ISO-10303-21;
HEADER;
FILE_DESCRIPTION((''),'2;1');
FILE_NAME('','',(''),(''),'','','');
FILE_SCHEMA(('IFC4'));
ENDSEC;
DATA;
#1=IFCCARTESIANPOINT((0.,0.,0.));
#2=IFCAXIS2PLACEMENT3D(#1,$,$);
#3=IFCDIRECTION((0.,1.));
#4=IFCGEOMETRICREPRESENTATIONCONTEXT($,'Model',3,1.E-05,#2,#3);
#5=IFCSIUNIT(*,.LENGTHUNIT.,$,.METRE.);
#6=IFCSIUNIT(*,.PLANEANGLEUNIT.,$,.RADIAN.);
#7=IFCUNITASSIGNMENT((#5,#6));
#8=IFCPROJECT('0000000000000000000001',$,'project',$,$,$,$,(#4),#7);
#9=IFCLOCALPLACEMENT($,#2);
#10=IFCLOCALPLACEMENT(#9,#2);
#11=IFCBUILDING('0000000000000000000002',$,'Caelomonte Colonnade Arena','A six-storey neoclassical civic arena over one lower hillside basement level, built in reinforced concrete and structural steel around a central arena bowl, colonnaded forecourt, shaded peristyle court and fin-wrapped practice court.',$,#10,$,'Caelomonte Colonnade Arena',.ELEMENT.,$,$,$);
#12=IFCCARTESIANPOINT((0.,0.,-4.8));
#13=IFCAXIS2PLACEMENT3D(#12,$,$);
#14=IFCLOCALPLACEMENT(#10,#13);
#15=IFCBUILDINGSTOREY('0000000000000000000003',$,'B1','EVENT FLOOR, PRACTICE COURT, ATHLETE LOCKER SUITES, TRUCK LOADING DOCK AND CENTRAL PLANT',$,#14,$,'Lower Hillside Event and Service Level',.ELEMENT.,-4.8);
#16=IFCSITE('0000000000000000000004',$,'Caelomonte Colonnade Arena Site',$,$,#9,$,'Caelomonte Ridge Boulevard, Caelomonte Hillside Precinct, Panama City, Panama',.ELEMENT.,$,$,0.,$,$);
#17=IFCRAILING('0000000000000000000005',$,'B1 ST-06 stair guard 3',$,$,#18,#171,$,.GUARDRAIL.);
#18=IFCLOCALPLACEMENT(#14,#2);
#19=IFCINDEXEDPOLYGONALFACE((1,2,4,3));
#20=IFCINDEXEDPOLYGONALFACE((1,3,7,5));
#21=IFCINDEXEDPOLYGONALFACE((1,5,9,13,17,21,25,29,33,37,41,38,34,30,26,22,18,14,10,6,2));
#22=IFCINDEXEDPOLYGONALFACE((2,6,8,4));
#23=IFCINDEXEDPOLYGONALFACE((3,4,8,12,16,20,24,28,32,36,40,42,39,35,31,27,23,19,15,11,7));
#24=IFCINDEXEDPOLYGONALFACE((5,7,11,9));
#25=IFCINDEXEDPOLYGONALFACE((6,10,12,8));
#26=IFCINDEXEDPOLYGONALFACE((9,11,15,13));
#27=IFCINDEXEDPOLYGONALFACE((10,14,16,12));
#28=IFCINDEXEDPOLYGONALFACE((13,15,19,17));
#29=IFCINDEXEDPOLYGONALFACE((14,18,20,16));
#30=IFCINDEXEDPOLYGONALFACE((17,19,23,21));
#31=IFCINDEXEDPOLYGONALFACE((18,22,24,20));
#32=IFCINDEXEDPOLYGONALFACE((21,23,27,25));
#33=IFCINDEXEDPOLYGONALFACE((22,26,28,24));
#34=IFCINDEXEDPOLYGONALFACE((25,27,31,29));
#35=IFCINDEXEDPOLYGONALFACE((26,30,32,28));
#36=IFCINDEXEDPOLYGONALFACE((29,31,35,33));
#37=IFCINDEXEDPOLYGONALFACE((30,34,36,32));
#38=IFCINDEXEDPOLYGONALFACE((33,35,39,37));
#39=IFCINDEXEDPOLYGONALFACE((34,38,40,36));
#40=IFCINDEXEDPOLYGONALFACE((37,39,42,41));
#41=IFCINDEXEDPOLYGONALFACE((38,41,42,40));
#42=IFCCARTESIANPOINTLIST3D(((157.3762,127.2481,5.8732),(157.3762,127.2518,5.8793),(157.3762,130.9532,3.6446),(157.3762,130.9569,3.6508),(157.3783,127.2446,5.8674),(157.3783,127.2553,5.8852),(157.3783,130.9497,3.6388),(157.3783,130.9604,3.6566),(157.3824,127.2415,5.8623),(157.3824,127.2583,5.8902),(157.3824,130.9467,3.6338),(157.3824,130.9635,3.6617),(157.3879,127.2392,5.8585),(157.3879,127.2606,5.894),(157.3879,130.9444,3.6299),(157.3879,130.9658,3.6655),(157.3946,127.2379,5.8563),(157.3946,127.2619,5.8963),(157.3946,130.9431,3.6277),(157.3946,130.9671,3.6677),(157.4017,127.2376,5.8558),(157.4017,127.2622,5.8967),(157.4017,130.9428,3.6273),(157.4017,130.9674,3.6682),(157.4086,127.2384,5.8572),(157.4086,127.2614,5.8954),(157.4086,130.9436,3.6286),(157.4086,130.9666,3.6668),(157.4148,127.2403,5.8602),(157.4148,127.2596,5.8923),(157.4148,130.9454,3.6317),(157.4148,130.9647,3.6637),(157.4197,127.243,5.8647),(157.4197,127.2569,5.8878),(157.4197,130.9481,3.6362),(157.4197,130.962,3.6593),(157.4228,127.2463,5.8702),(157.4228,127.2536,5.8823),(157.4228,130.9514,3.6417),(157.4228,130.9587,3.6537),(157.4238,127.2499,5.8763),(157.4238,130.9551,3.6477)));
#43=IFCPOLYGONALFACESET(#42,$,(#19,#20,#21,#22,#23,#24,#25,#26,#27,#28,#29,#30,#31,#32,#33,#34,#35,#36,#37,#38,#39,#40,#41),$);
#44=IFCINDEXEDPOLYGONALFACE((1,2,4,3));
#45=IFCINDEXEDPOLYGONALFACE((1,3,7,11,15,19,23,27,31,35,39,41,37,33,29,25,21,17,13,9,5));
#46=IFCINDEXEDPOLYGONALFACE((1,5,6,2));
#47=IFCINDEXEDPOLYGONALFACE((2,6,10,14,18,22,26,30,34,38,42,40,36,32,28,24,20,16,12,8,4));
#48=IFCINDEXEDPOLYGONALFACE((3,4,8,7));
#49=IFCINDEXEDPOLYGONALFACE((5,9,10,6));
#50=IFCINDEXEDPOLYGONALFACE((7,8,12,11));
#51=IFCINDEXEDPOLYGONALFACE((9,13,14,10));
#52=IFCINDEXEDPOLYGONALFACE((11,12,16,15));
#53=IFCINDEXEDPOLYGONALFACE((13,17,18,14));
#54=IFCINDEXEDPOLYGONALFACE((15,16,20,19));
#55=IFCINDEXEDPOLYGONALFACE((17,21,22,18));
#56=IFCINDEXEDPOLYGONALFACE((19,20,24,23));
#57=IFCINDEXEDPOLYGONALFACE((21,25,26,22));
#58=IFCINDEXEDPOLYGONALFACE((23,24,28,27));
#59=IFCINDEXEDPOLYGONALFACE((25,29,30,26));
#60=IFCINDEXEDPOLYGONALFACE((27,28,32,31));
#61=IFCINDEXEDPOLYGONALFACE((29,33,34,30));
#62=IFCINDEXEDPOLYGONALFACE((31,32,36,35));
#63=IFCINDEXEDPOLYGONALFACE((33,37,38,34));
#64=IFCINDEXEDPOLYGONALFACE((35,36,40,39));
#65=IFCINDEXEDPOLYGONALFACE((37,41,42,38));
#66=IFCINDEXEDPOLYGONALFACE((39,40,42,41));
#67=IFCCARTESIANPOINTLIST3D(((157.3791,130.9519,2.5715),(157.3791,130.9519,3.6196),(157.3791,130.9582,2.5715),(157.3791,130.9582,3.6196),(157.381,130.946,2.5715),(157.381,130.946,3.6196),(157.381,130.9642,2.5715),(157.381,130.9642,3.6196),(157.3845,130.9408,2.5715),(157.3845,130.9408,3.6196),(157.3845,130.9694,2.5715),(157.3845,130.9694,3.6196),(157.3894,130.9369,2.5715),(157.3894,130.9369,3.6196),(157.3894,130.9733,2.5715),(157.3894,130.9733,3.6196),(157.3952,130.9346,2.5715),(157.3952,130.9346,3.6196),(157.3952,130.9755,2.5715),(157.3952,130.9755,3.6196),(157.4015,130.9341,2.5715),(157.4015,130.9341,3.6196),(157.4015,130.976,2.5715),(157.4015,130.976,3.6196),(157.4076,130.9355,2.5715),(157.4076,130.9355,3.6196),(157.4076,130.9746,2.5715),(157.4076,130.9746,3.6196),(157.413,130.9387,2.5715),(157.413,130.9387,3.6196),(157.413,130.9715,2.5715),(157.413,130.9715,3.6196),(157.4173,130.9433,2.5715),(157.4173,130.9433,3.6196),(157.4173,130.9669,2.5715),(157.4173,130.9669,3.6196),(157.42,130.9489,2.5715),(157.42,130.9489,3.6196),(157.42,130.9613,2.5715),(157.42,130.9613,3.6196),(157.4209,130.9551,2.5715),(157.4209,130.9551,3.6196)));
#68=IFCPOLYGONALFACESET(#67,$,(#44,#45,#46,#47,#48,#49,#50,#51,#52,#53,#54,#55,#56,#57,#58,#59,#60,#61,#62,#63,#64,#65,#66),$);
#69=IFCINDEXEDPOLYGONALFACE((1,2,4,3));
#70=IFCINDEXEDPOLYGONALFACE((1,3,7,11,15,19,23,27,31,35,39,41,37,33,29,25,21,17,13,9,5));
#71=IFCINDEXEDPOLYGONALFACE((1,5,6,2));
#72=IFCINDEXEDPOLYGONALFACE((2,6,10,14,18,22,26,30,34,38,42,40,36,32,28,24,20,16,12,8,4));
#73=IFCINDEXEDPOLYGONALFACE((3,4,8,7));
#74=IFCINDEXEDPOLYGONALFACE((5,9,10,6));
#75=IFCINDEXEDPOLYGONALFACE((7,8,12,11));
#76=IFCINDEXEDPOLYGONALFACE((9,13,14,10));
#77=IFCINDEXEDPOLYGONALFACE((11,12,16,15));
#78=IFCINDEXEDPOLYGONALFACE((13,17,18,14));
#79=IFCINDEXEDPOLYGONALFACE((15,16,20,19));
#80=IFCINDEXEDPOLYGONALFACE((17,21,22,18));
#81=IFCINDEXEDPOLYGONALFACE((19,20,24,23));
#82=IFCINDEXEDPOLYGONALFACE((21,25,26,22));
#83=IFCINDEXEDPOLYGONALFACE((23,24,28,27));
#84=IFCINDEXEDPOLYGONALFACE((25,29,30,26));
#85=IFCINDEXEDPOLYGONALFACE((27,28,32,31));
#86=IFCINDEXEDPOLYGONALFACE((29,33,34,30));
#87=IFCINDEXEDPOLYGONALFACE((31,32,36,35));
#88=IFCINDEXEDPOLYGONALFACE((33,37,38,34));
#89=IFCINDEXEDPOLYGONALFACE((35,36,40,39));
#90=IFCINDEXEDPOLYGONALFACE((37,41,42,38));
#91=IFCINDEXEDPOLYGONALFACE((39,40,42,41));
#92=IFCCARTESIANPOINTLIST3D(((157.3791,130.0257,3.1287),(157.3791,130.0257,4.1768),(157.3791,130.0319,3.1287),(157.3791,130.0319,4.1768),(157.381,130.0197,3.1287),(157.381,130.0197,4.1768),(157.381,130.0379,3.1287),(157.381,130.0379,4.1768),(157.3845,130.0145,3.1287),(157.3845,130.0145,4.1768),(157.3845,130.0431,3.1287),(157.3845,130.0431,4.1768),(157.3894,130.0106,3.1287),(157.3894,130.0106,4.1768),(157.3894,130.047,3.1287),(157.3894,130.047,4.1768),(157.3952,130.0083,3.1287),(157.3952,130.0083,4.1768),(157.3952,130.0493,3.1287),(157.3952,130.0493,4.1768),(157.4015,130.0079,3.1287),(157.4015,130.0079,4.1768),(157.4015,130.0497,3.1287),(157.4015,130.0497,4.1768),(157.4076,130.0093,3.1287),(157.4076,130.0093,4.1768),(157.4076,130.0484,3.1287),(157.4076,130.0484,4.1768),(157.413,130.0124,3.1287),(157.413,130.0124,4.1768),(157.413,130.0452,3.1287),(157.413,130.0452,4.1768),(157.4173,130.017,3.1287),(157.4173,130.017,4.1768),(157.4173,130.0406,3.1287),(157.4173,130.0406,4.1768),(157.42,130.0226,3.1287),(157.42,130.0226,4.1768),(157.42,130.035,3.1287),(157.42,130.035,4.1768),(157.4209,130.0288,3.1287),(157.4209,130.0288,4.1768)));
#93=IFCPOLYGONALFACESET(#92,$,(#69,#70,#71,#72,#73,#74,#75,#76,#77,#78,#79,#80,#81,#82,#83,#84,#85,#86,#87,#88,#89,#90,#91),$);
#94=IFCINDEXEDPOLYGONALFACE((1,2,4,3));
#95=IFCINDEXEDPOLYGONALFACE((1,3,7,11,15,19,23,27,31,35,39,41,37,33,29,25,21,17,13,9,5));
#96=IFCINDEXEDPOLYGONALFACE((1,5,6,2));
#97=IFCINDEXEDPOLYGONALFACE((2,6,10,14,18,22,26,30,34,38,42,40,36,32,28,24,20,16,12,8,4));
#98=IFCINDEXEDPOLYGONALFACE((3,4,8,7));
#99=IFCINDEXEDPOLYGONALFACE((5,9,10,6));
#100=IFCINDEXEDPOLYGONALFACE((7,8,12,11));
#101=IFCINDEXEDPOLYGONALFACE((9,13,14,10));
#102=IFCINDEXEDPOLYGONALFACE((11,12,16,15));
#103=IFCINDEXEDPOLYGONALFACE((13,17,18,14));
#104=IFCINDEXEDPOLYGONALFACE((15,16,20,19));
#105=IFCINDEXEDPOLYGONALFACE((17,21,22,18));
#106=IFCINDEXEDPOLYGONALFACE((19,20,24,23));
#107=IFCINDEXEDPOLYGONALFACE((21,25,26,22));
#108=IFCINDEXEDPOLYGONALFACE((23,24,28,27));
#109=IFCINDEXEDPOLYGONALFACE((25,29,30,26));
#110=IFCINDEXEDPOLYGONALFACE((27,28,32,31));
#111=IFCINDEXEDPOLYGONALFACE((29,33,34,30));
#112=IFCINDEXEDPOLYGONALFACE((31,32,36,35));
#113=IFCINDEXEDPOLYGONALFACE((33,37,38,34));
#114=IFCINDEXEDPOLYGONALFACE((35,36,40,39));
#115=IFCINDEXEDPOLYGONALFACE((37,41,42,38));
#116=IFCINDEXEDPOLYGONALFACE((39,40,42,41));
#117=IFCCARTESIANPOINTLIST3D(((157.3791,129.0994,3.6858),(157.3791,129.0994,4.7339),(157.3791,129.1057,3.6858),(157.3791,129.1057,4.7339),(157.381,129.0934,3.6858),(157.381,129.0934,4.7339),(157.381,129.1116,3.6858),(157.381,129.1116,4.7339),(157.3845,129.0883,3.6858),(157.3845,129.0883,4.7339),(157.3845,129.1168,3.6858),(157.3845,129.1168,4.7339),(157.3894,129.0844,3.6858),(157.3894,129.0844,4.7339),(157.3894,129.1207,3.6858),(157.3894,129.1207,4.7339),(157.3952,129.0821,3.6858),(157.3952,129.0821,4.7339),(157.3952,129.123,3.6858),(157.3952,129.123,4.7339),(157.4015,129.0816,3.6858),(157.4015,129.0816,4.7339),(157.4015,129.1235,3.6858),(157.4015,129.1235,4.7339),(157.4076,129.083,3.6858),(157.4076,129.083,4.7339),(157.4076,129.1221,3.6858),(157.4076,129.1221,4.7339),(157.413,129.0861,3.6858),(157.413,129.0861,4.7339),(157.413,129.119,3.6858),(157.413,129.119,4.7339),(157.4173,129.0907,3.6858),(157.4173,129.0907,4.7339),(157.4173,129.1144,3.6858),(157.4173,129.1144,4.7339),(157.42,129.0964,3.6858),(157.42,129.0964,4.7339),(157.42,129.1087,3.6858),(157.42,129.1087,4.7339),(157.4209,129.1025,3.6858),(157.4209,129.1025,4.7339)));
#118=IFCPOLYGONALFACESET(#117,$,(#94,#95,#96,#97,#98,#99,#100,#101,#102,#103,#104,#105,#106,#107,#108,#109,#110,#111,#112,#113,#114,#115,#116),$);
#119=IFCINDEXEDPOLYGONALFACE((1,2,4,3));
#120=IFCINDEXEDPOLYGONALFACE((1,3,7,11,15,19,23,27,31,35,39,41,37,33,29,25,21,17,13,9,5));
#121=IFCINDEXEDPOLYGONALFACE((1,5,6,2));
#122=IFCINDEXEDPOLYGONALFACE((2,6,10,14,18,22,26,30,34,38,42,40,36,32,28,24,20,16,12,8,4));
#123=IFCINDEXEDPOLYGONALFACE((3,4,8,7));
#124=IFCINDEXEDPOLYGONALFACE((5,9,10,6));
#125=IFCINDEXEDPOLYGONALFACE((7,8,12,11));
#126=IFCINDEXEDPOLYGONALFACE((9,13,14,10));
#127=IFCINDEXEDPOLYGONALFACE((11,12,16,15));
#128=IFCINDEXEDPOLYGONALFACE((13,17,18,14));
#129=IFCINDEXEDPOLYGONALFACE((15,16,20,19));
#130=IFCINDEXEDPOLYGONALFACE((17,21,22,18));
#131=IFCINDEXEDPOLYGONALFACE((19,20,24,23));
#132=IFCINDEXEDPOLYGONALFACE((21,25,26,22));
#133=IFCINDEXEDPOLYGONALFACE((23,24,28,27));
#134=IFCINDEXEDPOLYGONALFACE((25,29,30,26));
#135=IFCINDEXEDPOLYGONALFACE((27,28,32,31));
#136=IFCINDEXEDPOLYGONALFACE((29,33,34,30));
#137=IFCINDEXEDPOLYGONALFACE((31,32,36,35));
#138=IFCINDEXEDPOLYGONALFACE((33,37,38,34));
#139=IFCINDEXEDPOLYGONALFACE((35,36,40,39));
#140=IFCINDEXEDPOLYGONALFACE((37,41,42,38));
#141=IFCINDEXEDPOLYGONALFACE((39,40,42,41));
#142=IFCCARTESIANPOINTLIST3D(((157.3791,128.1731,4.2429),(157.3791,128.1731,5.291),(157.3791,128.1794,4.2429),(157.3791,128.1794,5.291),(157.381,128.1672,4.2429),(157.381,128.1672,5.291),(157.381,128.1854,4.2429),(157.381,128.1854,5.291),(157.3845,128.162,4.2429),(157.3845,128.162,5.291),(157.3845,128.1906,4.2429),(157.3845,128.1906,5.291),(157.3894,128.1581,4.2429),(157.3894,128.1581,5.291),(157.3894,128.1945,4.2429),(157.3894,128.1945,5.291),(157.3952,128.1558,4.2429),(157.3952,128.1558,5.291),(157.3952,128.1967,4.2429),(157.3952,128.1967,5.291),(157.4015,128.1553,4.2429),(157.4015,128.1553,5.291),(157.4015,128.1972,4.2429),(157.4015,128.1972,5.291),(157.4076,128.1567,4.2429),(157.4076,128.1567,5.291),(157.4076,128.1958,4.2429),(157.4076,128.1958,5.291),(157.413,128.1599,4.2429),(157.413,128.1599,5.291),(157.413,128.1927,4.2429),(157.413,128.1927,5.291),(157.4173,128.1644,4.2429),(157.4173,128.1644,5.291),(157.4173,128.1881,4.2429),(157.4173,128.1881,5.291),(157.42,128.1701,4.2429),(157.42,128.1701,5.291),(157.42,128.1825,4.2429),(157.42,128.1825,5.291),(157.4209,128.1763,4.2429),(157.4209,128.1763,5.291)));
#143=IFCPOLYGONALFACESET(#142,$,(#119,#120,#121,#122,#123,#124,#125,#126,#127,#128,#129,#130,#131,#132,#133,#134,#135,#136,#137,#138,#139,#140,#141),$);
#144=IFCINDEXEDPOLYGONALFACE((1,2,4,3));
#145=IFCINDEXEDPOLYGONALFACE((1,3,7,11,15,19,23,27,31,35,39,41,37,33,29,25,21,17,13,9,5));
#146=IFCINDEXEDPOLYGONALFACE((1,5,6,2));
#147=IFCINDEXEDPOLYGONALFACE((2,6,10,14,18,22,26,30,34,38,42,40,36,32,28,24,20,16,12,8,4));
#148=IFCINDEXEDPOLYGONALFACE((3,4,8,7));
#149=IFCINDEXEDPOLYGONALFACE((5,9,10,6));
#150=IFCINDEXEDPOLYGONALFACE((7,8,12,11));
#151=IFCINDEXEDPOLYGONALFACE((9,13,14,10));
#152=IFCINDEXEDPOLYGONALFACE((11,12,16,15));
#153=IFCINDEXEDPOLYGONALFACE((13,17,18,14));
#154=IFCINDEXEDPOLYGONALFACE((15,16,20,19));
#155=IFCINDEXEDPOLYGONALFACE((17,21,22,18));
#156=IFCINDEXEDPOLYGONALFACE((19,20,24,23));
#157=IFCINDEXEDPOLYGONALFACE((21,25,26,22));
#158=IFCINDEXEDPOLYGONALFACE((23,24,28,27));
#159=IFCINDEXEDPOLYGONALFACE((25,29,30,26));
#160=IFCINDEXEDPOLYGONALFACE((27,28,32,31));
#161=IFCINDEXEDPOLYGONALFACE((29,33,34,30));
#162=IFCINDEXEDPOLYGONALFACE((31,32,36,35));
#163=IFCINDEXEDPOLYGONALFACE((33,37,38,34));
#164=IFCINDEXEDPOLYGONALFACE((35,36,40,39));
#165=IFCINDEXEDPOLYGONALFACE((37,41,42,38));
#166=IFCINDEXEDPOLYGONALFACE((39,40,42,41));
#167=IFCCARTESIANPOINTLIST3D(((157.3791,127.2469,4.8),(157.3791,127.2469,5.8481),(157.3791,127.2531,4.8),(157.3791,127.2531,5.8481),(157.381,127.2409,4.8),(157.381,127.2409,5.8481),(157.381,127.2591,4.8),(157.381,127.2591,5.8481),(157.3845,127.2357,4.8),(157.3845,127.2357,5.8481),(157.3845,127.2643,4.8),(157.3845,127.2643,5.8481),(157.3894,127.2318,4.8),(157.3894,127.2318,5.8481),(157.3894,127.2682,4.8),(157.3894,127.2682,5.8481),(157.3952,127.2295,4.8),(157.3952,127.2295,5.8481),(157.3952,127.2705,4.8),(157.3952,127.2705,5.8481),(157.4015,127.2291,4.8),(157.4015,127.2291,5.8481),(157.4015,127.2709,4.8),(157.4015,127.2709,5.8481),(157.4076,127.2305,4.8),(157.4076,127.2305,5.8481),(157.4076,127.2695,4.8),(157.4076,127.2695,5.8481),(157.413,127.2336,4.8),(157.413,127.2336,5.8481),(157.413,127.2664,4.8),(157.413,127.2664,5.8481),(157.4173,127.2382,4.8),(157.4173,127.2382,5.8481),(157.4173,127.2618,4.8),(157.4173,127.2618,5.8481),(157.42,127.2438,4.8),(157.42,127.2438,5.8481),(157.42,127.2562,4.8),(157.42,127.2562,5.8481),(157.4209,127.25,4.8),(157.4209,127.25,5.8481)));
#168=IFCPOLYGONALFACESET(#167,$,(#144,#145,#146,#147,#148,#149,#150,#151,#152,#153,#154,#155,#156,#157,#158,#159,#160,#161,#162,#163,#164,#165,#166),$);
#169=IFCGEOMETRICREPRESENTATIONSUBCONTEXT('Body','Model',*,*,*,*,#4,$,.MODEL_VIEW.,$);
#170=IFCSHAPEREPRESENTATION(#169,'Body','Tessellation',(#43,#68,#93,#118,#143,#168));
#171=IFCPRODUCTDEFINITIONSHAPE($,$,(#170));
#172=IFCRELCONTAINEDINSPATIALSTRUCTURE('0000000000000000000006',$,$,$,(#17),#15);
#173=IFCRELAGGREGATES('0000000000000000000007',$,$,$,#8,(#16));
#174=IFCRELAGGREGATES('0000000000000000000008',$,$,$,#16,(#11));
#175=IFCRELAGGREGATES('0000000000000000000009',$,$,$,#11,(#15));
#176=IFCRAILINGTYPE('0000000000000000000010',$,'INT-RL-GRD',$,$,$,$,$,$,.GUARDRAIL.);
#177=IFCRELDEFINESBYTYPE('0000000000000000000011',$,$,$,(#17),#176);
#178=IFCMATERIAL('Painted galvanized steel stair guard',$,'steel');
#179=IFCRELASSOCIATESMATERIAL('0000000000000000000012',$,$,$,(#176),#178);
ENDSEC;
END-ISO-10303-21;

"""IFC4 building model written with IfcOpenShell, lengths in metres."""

from ifc_helpers import new_model, si_unit, direction, frame, origin, origin_2d, place, context, subcontext, project, spatial, circle, extrude, material, type_object, element, save


model = new_model("IFC4")

# Units and contexts
model_context = context("Model", 3, precision=1e-05, world=origin(), true_north=direction((0.0, 1.0)))
body_context = subcontext(model_context, "Body", "Model", "MODEL_VIEW")
ifc_project = project(units=[si_unit("LENGTHUNIT", "METRE"), si_unit("PLANEANGLEUNIT", "RADIAN")], contexts=[model_context])

# Site, building, storey
site_placement = place(None, origin())
site = spatial("IfcSite", under=ifc_project, at=site_placement, Name="Caelomonte Colonnade Arena Site", LongName="Caelomonte Ridge Boulevard, Caelomonte Hillside Precinct, Panama City, Panama", CompositionType="ELEMENT", RefElevation=0.0)
building_placement = place(site_placement, origin())
building = spatial("IfcBuilding", under=site, at=building_placement, Name="Caelomonte Colonnade Arena", Description="A six-storey neoclassical civic arena over one lower hillside basement level, built in reinforced concrete and structural steel around a central arena bowl, colonnaded forecourt, shaded peristyle court and fin-wrapped practice court.", LongName="Caelomonte Colonnade Arena", CompositionType="ELEMENT")
storey_placement = place(building_placement, frame((0.0, 0.0, -4.8)))
storey = spatial("IfcBuildingStorey", under=building, at=storey_placement, Name="B1", Description="EVENT FLOOR, PRACTICE COURT, ATHLETE LOCKER SUITES, TRUCK LOADING DOCK AND CENTRAL PLANT", LongName="Lower Hillside Event and Service Level", CompositionType="ELEMENT", Elevation=-4.8)

# Railing
ifc_material_1 = material(Name="Painted galvanized steel stair guard", Category="steel")
railing_type_1 = type_object("IfcRailingType", Name="INT-RL-GRD", PredefinedType="GUARDRAIL", material=ifc_material_1)
railing_1_placement = place(storey_placement, frame((157.3999, 130.9551, 2.5715)))
element("IfcRailing", 1, at=railing_1_placement, inside=storey, type_object=railing_type_1, Name="B1 ST-06 stair guard 3", PredefinedType="GUARDRAIL", context=body_context, shape_type="SweptSolid", body=[
    extrude(circle(Radius=0.0239, at=origin_2d()), frame((0.0, 0.0, 1.0762), z_axis=(0.0, -0.856934, 0.515425), x_axis=(1.0, 0.0, 0.0)), (0.0, 0.0, 1.0), 4.3237),
    extrude(circle(Radius=0.021, at=origin_2d()), origin(), (0.0, 0.0, 1.0), 1.0481),
    extrude(circle(Radius=0.021, at=origin_2d()), frame((0.0, -0.9263, 0.5571)), (0.0, 0.0, 1.0), 1.0481),
    extrude(circle(Radius=0.021, at=origin_2d()), frame((0.0, -1.8525, 1.1143)), (0.0, 0.0, 1.0), 1.0481),
    extrude(circle(Radius=0.021, at=origin_2d()), frame((0.0, -2.7788, 1.6714)), (0.0, 0.0, 1.0), 1.0481),
    extrude(circle(Radius=0.021, at=origin_2d()), frame((0.0, -3.7051, 2.2285)), (0.0, 0.0, 1.0), 1.0481),
])

save(model, "model.ifc")
